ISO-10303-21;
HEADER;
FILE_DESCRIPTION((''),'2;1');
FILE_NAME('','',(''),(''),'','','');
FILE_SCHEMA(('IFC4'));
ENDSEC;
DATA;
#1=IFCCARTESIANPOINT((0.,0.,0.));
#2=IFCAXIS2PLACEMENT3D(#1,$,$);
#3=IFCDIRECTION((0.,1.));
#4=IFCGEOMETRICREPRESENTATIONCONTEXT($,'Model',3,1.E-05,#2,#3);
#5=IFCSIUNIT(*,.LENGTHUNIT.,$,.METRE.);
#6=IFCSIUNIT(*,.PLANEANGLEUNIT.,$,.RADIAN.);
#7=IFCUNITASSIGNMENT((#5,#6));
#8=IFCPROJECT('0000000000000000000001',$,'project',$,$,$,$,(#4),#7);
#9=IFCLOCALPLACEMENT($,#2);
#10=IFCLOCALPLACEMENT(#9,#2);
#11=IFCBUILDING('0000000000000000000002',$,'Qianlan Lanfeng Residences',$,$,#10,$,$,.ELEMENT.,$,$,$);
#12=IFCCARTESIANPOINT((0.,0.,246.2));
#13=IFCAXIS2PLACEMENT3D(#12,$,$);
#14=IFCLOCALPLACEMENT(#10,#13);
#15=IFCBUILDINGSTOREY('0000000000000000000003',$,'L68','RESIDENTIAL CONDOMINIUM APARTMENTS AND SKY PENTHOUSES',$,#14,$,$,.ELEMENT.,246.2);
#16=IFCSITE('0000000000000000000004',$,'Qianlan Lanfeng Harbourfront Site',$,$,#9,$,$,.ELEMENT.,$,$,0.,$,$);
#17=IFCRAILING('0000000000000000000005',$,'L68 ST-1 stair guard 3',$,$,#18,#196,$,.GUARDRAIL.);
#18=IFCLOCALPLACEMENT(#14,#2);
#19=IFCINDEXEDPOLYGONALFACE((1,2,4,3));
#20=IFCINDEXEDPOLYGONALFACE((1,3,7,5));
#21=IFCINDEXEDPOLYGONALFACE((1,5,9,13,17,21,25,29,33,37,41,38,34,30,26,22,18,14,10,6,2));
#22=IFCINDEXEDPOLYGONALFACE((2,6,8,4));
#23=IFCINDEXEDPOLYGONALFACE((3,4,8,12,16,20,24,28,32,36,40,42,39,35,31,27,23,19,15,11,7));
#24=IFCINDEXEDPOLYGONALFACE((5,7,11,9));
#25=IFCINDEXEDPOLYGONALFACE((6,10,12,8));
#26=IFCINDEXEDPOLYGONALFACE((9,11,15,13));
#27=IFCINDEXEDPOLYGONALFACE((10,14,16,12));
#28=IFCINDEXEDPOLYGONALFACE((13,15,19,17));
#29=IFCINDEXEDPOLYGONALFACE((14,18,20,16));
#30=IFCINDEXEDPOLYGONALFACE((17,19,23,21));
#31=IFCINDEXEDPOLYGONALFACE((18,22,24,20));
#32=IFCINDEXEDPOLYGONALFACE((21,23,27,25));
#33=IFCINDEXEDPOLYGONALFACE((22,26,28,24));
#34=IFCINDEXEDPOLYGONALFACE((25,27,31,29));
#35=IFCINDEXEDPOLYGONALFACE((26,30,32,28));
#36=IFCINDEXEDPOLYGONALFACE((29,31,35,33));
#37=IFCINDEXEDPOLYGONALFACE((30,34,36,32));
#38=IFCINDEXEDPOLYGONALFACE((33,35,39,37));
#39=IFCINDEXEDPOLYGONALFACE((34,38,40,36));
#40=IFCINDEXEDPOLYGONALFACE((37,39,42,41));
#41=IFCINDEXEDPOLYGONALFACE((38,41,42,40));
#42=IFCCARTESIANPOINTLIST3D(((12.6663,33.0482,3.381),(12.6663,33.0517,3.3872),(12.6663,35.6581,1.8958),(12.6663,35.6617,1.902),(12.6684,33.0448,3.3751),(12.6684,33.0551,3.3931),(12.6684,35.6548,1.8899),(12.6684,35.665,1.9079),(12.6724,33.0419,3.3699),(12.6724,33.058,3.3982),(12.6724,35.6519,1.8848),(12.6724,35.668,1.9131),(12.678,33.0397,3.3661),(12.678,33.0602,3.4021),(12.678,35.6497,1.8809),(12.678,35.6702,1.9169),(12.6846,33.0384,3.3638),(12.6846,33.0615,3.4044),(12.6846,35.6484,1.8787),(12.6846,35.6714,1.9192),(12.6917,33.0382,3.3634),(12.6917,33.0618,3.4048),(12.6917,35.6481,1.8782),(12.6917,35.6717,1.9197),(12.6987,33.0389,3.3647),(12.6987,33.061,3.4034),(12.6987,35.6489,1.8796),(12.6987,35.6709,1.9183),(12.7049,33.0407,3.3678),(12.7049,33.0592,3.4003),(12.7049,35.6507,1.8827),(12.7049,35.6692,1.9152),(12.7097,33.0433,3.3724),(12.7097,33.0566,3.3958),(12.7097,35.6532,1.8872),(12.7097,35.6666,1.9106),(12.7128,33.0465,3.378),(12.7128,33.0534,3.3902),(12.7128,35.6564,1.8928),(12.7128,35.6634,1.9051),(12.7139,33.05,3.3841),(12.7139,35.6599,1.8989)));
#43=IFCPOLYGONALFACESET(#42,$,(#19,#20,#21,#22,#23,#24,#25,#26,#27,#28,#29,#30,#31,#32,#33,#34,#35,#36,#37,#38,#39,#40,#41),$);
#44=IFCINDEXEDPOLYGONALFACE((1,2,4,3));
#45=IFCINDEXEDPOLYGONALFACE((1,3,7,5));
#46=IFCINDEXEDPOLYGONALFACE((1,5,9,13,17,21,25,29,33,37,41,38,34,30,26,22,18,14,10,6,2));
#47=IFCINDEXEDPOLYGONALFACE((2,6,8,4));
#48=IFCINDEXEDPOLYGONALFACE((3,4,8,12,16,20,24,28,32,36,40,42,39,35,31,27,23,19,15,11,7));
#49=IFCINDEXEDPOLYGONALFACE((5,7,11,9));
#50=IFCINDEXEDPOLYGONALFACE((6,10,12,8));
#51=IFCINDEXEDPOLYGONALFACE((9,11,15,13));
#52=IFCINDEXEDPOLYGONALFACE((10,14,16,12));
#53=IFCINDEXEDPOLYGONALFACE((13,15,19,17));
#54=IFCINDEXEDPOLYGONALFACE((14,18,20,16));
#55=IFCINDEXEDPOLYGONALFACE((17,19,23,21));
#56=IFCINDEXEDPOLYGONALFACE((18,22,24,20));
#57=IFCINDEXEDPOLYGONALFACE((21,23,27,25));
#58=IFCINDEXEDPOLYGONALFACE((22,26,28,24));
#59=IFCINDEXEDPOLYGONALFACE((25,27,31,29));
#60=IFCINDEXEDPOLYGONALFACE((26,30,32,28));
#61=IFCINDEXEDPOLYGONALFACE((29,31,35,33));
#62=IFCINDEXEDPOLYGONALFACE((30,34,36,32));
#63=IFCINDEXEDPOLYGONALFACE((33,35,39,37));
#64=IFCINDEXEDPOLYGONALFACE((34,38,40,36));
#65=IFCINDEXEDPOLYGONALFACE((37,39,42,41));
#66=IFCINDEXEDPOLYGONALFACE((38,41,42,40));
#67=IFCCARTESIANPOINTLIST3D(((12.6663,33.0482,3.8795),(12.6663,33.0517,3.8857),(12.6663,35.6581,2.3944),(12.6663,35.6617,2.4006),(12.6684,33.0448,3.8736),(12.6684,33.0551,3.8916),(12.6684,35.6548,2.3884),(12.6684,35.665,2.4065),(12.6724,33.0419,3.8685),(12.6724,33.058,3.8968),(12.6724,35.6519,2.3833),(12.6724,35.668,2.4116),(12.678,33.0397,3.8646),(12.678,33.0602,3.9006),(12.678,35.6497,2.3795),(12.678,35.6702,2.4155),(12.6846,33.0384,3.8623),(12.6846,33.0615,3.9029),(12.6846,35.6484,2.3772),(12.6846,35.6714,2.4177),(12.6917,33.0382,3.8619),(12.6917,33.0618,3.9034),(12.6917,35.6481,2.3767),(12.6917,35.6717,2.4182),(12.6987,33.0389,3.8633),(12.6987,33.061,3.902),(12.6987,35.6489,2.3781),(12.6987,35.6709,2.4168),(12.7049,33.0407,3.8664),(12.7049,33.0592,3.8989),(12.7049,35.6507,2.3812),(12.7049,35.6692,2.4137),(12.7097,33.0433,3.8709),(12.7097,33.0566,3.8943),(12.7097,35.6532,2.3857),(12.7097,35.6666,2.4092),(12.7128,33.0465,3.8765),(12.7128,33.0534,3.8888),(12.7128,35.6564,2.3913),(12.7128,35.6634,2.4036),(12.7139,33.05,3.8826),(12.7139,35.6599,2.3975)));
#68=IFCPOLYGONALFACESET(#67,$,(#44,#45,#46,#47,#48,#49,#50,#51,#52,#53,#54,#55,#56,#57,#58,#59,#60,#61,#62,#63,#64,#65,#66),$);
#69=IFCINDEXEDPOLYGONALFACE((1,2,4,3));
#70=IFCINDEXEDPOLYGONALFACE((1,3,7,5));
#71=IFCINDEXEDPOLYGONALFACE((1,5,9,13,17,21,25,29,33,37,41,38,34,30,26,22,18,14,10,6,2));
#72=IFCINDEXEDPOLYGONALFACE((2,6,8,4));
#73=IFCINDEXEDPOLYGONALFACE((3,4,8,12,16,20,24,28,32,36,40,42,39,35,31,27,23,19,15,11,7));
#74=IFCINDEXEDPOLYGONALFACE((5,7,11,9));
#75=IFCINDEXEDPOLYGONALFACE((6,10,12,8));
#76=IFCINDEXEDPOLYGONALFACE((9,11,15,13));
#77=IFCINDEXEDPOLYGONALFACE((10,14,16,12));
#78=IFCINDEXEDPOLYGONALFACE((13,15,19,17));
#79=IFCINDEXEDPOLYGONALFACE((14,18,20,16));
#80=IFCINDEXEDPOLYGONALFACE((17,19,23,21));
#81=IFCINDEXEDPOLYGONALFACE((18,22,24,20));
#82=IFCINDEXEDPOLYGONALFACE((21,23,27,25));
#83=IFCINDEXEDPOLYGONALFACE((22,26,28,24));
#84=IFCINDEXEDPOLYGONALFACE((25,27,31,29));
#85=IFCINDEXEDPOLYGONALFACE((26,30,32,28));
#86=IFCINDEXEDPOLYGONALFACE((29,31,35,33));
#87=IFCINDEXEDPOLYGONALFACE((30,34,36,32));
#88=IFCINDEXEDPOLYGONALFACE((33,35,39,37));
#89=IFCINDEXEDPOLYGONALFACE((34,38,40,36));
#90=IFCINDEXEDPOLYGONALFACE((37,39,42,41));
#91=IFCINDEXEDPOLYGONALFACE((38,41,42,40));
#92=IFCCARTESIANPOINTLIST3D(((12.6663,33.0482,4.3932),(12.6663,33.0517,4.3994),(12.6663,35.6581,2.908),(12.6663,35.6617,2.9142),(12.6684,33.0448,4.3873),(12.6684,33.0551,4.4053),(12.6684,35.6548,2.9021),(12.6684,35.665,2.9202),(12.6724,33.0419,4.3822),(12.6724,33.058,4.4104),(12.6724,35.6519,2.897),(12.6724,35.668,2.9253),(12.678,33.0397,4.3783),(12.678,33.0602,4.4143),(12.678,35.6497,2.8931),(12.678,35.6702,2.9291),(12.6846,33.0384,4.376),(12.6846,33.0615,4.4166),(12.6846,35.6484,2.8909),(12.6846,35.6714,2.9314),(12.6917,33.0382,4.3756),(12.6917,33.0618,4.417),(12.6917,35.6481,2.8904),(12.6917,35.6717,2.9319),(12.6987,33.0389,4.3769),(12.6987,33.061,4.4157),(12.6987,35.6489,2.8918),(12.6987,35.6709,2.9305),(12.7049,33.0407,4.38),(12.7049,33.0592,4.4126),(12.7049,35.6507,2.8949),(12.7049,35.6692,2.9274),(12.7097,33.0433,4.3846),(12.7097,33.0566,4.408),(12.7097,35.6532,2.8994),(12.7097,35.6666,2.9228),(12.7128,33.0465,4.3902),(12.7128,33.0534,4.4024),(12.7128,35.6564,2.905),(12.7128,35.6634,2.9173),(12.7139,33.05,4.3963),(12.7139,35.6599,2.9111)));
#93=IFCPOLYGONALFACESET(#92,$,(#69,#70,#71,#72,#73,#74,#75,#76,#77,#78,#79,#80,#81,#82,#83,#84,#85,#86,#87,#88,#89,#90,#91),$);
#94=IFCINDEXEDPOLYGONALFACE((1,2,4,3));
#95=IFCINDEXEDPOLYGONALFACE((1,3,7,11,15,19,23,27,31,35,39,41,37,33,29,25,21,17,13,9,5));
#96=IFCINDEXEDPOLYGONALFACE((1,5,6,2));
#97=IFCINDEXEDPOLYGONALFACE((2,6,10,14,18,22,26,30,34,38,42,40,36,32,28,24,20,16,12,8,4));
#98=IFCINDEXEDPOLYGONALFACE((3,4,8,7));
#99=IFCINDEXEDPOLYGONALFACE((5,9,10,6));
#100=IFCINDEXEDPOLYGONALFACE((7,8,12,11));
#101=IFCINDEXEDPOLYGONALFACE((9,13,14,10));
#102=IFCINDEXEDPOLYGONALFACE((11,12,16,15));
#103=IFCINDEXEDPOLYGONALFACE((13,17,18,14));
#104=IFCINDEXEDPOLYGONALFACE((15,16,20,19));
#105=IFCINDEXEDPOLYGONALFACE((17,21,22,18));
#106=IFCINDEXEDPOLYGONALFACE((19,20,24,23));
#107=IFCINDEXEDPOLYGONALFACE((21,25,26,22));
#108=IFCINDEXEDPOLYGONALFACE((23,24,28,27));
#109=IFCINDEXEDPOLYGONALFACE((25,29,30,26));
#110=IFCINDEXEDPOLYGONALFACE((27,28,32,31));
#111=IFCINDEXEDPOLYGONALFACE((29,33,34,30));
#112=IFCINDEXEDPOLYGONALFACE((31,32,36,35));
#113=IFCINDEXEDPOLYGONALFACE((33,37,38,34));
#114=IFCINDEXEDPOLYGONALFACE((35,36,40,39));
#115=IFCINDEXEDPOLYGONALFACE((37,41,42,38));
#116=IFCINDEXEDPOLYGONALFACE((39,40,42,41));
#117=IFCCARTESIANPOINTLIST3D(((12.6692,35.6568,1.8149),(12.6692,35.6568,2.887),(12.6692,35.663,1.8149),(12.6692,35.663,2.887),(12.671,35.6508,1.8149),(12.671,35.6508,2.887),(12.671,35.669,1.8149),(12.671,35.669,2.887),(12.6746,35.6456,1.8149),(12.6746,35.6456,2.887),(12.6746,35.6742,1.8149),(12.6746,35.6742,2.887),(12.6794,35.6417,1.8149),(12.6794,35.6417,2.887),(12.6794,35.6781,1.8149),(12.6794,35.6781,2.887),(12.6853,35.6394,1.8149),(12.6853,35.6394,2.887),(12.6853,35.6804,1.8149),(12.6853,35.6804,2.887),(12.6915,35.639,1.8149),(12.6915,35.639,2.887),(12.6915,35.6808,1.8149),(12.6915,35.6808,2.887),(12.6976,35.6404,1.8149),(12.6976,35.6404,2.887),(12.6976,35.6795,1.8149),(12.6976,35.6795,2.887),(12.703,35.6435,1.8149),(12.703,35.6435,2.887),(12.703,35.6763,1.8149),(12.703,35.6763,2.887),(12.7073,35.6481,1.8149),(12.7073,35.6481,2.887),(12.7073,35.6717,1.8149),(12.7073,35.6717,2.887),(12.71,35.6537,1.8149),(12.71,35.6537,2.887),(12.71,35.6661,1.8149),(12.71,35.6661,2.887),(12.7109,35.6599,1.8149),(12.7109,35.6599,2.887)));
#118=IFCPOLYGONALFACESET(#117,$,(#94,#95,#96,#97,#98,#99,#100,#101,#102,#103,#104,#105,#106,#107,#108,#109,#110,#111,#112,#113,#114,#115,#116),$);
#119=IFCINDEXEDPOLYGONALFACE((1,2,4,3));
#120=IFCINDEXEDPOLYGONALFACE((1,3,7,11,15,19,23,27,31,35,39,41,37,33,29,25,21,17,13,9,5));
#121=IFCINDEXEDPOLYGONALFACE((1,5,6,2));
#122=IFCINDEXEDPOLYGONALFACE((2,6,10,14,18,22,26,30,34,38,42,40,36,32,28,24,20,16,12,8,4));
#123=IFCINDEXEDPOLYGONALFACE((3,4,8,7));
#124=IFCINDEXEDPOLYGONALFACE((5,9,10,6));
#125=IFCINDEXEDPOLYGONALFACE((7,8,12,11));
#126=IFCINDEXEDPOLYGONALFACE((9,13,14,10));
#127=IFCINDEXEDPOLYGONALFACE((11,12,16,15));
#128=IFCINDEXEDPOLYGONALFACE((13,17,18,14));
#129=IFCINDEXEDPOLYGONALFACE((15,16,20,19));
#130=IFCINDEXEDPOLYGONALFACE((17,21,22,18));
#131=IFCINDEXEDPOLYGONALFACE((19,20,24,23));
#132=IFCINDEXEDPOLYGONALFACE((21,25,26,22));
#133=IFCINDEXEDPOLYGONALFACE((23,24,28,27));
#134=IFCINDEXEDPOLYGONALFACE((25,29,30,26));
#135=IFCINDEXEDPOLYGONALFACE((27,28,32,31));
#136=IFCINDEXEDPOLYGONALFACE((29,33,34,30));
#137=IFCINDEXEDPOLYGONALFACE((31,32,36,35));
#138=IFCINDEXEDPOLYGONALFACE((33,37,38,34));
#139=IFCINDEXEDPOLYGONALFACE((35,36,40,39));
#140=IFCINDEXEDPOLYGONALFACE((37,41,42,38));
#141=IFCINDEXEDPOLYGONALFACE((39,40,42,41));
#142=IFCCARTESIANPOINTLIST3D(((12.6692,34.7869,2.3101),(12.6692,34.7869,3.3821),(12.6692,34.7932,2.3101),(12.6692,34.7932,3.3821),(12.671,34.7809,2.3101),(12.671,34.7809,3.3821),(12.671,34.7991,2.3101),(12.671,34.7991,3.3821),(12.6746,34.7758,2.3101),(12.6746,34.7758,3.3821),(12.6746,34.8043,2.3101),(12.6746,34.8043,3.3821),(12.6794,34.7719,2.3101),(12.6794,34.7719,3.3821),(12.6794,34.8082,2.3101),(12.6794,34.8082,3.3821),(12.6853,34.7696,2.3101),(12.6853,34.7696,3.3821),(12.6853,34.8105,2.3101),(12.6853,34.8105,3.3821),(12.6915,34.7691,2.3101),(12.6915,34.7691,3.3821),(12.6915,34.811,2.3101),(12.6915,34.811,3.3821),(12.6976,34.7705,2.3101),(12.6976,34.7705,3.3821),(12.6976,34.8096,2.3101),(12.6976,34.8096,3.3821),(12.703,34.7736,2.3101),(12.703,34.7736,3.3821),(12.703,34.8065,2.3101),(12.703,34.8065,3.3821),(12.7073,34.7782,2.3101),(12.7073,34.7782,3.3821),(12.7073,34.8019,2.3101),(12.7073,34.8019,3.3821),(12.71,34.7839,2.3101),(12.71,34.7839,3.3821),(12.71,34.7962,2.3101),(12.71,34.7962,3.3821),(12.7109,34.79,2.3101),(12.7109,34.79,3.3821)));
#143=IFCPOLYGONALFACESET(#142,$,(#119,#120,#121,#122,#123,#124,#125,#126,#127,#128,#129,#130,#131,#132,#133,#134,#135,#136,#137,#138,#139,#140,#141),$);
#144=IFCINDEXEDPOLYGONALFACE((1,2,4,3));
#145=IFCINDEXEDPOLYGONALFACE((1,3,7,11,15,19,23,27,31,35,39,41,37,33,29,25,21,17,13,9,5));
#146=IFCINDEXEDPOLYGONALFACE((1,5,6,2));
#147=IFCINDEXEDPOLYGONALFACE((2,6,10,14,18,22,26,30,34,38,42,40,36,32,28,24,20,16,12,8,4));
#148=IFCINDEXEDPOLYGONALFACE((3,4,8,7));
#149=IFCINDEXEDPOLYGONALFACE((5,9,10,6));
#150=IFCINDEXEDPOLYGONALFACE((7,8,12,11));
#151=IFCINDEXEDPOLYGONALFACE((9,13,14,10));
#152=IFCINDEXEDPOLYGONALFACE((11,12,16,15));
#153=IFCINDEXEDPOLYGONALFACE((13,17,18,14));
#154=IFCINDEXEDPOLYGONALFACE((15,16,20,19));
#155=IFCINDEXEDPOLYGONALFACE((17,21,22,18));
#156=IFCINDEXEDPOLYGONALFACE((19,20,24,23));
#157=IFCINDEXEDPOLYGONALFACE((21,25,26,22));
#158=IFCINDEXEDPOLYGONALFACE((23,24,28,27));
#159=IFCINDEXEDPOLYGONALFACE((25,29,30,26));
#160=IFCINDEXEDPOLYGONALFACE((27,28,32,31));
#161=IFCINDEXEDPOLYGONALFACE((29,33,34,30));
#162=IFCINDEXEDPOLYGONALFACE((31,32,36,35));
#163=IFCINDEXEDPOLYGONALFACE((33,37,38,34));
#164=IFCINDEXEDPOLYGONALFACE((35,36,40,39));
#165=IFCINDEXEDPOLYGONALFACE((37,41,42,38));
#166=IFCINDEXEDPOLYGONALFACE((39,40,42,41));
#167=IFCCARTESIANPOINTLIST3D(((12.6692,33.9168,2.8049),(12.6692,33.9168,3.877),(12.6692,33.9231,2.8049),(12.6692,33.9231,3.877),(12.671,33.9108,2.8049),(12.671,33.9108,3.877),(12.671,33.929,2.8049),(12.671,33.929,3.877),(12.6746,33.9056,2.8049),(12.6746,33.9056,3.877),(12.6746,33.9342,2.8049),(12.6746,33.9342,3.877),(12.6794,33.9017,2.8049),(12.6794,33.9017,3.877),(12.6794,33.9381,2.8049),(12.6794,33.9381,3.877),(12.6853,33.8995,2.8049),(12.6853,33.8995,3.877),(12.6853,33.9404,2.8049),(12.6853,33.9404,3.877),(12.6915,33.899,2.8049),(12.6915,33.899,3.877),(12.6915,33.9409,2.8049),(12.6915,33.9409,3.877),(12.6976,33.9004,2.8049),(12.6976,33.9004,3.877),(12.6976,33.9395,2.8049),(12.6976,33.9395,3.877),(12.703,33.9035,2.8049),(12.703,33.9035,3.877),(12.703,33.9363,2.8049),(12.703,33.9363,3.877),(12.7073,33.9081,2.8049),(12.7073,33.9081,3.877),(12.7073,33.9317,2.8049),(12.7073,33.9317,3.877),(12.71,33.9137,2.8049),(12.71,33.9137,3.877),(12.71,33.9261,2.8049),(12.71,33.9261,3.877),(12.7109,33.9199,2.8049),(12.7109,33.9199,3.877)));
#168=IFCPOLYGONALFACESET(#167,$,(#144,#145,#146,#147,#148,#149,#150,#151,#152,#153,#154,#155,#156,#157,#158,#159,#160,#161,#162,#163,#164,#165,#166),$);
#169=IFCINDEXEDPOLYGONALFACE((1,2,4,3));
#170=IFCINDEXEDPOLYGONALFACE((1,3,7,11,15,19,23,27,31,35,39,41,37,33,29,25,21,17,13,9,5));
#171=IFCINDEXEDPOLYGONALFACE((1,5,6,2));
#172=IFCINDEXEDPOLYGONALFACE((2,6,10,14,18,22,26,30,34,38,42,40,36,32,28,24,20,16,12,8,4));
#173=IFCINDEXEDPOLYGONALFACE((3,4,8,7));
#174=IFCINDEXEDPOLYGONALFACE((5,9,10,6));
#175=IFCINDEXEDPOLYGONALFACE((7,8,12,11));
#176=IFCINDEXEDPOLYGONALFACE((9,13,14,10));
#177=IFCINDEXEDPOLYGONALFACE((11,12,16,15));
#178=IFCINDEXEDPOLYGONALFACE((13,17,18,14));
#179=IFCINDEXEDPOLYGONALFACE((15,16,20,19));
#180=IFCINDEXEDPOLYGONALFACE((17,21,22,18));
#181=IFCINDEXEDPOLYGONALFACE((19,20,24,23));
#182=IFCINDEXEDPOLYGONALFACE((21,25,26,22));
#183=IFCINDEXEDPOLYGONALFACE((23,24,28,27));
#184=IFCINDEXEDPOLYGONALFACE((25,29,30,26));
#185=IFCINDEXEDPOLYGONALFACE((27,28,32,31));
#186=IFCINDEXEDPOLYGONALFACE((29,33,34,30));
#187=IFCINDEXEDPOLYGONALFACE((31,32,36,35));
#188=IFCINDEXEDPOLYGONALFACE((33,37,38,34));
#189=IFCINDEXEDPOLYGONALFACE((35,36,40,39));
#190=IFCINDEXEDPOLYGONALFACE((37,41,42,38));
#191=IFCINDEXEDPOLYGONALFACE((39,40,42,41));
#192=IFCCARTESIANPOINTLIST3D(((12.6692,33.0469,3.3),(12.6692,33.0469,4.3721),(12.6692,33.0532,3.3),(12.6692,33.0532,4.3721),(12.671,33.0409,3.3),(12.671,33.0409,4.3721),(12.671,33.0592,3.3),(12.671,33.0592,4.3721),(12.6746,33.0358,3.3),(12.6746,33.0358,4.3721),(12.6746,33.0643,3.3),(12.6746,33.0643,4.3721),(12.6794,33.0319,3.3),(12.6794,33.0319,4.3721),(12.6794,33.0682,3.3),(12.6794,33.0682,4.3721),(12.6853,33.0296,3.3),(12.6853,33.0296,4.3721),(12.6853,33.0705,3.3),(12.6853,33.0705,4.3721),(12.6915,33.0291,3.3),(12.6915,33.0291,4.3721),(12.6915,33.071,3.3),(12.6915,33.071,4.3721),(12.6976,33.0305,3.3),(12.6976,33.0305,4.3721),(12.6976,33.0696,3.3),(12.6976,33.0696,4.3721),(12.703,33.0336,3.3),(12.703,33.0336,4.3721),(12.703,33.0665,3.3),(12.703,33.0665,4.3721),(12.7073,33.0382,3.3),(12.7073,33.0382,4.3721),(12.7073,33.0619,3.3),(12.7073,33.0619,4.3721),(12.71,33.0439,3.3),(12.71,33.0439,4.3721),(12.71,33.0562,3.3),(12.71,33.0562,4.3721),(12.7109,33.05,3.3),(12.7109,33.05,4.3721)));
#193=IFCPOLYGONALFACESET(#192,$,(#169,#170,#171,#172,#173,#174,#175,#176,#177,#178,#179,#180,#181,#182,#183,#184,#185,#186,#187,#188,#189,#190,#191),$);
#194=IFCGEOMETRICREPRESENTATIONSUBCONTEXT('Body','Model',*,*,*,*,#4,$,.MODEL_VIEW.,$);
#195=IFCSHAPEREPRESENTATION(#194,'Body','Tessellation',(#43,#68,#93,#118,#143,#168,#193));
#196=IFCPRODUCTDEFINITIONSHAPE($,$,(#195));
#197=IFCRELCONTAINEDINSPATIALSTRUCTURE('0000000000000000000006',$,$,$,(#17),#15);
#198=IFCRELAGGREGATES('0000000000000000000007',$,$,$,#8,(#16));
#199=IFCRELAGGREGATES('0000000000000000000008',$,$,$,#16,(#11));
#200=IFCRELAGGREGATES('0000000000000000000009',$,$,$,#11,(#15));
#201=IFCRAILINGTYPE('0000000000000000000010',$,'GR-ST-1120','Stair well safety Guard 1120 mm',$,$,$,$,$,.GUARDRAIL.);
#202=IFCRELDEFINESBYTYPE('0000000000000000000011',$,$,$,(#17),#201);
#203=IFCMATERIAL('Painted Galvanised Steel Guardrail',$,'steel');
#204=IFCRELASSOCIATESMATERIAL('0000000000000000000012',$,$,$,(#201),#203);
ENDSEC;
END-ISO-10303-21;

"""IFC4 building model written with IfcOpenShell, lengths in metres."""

from ifc_helpers import new_model, si_unit, direction, frame, origin, origin_2d, place, context, subcontext, project, spatial, circle, extrude, material, type_object, element, save


model = new_model("IFC4")

# Units and contexts
model_context = context("Model", 3, precision=1e-05, world=origin(), true_north=direction((0.0, 1.0)))
body_context = subcontext(model_context, "Body", "Model", "MODEL_VIEW")
ifc_project = project(units=[si_unit("LENGTHUNIT", "METRE"), si_unit("PLANEANGLEUNIT", "RADIAN")], contexts=[model_context])

# Site, building, storey
site_placement = place(None, origin())
site = spatial("IfcSite", under=ifc_project, at=site_placement, Name="Qianlan Lanfeng Harbourfront Site", CompositionType="ELEMENT", RefElevation=0.0)
building_placement = place(site_placement, origin())
building = spatial("IfcBuilding", under=site, at=building_placement, Name="Qianlan Lanfeng Residences", CompositionType="ELEMENT")
storey_placement = place(building_placement, frame((0.0, 0.0, 246.2)))
storey = spatial("IfcBuildingStorey", under=building, at=storey_placement, Name="L68", Description="RESIDENTIAL CONDOMINIUM APARTMENTS AND SKY PENTHOUSES", CompositionType="ELEMENT", Elevation=246.2)

# Railing
ifc_material_1 = material(Name="Painted Galvanised Steel Guardrail", Category="steel")
railing_type_1 = type_object("IfcRailingType", Name="GR-ST-1120", Description="Stair well safety Guard 1120 mm", PredefinedType="GUARDRAIL", material=ifc_material_1)
railing_1_placement = place(storey_placement, frame((12.6899, 35.6599, 1.8149)))
element("IfcRailing", 1, at=railing_1_placement, inside=storey, type_object=railing_type_1, Name="L68 ST-1 stair guard 3", PredefinedType="GUARDRAIL", context=body_context, shape_type="SweptSolid", body=[
    extrude(circle(Radius=0.0239, at=origin_2d()), frame((0.0, 0.0, 0.084), z_axis=(0.0, -0.869137, 0.494571), x_axis=(1.0, 0.0, 0.0)), (0.0, 0.0, 1.0), 3.0029),
    extrude(circle(Radius=0.0239, at=origin_2d()), frame((0.0, 0.0, 0.5825), z_axis=(0.0, -0.869137, 0.494571), x_axis=(1.0, 0.0, 0.0)), (0.0, 0.0, 1.0), 3.0029),
    extrude(circle(Radius=0.0239, at=origin_2d()), frame((0.0, 0.0, 1.0962), z_axis=(0.0, -0.869137, 0.494571), x_axis=(1.0, 0.0, 0.0)), (0.0, 0.0, 1.0), 3.0029),
    extrude(circle(Radius=0.021, at=origin_2d()), origin(), (0.0, 0.0, 1.0), 1.072),
    extrude(circle(Radius=0.021, at=origin_2d()), frame((0.0, -0.8699, 0.4951)), (0.0, 0.0, 1.0), 1.072),
    extrude(circle(Radius=0.021, at=origin_2d()), frame((0.0, -1.74, 0.99)), (0.0, 0.0, 1.0), 1.072),
    extrude(circle(Radius=0.021, at=origin_2d()), frame((0.0, -2.6099, 1.4851)), (0.0, 0.0, 1.0), 1.072),
])

save(model, "model.ifc")
